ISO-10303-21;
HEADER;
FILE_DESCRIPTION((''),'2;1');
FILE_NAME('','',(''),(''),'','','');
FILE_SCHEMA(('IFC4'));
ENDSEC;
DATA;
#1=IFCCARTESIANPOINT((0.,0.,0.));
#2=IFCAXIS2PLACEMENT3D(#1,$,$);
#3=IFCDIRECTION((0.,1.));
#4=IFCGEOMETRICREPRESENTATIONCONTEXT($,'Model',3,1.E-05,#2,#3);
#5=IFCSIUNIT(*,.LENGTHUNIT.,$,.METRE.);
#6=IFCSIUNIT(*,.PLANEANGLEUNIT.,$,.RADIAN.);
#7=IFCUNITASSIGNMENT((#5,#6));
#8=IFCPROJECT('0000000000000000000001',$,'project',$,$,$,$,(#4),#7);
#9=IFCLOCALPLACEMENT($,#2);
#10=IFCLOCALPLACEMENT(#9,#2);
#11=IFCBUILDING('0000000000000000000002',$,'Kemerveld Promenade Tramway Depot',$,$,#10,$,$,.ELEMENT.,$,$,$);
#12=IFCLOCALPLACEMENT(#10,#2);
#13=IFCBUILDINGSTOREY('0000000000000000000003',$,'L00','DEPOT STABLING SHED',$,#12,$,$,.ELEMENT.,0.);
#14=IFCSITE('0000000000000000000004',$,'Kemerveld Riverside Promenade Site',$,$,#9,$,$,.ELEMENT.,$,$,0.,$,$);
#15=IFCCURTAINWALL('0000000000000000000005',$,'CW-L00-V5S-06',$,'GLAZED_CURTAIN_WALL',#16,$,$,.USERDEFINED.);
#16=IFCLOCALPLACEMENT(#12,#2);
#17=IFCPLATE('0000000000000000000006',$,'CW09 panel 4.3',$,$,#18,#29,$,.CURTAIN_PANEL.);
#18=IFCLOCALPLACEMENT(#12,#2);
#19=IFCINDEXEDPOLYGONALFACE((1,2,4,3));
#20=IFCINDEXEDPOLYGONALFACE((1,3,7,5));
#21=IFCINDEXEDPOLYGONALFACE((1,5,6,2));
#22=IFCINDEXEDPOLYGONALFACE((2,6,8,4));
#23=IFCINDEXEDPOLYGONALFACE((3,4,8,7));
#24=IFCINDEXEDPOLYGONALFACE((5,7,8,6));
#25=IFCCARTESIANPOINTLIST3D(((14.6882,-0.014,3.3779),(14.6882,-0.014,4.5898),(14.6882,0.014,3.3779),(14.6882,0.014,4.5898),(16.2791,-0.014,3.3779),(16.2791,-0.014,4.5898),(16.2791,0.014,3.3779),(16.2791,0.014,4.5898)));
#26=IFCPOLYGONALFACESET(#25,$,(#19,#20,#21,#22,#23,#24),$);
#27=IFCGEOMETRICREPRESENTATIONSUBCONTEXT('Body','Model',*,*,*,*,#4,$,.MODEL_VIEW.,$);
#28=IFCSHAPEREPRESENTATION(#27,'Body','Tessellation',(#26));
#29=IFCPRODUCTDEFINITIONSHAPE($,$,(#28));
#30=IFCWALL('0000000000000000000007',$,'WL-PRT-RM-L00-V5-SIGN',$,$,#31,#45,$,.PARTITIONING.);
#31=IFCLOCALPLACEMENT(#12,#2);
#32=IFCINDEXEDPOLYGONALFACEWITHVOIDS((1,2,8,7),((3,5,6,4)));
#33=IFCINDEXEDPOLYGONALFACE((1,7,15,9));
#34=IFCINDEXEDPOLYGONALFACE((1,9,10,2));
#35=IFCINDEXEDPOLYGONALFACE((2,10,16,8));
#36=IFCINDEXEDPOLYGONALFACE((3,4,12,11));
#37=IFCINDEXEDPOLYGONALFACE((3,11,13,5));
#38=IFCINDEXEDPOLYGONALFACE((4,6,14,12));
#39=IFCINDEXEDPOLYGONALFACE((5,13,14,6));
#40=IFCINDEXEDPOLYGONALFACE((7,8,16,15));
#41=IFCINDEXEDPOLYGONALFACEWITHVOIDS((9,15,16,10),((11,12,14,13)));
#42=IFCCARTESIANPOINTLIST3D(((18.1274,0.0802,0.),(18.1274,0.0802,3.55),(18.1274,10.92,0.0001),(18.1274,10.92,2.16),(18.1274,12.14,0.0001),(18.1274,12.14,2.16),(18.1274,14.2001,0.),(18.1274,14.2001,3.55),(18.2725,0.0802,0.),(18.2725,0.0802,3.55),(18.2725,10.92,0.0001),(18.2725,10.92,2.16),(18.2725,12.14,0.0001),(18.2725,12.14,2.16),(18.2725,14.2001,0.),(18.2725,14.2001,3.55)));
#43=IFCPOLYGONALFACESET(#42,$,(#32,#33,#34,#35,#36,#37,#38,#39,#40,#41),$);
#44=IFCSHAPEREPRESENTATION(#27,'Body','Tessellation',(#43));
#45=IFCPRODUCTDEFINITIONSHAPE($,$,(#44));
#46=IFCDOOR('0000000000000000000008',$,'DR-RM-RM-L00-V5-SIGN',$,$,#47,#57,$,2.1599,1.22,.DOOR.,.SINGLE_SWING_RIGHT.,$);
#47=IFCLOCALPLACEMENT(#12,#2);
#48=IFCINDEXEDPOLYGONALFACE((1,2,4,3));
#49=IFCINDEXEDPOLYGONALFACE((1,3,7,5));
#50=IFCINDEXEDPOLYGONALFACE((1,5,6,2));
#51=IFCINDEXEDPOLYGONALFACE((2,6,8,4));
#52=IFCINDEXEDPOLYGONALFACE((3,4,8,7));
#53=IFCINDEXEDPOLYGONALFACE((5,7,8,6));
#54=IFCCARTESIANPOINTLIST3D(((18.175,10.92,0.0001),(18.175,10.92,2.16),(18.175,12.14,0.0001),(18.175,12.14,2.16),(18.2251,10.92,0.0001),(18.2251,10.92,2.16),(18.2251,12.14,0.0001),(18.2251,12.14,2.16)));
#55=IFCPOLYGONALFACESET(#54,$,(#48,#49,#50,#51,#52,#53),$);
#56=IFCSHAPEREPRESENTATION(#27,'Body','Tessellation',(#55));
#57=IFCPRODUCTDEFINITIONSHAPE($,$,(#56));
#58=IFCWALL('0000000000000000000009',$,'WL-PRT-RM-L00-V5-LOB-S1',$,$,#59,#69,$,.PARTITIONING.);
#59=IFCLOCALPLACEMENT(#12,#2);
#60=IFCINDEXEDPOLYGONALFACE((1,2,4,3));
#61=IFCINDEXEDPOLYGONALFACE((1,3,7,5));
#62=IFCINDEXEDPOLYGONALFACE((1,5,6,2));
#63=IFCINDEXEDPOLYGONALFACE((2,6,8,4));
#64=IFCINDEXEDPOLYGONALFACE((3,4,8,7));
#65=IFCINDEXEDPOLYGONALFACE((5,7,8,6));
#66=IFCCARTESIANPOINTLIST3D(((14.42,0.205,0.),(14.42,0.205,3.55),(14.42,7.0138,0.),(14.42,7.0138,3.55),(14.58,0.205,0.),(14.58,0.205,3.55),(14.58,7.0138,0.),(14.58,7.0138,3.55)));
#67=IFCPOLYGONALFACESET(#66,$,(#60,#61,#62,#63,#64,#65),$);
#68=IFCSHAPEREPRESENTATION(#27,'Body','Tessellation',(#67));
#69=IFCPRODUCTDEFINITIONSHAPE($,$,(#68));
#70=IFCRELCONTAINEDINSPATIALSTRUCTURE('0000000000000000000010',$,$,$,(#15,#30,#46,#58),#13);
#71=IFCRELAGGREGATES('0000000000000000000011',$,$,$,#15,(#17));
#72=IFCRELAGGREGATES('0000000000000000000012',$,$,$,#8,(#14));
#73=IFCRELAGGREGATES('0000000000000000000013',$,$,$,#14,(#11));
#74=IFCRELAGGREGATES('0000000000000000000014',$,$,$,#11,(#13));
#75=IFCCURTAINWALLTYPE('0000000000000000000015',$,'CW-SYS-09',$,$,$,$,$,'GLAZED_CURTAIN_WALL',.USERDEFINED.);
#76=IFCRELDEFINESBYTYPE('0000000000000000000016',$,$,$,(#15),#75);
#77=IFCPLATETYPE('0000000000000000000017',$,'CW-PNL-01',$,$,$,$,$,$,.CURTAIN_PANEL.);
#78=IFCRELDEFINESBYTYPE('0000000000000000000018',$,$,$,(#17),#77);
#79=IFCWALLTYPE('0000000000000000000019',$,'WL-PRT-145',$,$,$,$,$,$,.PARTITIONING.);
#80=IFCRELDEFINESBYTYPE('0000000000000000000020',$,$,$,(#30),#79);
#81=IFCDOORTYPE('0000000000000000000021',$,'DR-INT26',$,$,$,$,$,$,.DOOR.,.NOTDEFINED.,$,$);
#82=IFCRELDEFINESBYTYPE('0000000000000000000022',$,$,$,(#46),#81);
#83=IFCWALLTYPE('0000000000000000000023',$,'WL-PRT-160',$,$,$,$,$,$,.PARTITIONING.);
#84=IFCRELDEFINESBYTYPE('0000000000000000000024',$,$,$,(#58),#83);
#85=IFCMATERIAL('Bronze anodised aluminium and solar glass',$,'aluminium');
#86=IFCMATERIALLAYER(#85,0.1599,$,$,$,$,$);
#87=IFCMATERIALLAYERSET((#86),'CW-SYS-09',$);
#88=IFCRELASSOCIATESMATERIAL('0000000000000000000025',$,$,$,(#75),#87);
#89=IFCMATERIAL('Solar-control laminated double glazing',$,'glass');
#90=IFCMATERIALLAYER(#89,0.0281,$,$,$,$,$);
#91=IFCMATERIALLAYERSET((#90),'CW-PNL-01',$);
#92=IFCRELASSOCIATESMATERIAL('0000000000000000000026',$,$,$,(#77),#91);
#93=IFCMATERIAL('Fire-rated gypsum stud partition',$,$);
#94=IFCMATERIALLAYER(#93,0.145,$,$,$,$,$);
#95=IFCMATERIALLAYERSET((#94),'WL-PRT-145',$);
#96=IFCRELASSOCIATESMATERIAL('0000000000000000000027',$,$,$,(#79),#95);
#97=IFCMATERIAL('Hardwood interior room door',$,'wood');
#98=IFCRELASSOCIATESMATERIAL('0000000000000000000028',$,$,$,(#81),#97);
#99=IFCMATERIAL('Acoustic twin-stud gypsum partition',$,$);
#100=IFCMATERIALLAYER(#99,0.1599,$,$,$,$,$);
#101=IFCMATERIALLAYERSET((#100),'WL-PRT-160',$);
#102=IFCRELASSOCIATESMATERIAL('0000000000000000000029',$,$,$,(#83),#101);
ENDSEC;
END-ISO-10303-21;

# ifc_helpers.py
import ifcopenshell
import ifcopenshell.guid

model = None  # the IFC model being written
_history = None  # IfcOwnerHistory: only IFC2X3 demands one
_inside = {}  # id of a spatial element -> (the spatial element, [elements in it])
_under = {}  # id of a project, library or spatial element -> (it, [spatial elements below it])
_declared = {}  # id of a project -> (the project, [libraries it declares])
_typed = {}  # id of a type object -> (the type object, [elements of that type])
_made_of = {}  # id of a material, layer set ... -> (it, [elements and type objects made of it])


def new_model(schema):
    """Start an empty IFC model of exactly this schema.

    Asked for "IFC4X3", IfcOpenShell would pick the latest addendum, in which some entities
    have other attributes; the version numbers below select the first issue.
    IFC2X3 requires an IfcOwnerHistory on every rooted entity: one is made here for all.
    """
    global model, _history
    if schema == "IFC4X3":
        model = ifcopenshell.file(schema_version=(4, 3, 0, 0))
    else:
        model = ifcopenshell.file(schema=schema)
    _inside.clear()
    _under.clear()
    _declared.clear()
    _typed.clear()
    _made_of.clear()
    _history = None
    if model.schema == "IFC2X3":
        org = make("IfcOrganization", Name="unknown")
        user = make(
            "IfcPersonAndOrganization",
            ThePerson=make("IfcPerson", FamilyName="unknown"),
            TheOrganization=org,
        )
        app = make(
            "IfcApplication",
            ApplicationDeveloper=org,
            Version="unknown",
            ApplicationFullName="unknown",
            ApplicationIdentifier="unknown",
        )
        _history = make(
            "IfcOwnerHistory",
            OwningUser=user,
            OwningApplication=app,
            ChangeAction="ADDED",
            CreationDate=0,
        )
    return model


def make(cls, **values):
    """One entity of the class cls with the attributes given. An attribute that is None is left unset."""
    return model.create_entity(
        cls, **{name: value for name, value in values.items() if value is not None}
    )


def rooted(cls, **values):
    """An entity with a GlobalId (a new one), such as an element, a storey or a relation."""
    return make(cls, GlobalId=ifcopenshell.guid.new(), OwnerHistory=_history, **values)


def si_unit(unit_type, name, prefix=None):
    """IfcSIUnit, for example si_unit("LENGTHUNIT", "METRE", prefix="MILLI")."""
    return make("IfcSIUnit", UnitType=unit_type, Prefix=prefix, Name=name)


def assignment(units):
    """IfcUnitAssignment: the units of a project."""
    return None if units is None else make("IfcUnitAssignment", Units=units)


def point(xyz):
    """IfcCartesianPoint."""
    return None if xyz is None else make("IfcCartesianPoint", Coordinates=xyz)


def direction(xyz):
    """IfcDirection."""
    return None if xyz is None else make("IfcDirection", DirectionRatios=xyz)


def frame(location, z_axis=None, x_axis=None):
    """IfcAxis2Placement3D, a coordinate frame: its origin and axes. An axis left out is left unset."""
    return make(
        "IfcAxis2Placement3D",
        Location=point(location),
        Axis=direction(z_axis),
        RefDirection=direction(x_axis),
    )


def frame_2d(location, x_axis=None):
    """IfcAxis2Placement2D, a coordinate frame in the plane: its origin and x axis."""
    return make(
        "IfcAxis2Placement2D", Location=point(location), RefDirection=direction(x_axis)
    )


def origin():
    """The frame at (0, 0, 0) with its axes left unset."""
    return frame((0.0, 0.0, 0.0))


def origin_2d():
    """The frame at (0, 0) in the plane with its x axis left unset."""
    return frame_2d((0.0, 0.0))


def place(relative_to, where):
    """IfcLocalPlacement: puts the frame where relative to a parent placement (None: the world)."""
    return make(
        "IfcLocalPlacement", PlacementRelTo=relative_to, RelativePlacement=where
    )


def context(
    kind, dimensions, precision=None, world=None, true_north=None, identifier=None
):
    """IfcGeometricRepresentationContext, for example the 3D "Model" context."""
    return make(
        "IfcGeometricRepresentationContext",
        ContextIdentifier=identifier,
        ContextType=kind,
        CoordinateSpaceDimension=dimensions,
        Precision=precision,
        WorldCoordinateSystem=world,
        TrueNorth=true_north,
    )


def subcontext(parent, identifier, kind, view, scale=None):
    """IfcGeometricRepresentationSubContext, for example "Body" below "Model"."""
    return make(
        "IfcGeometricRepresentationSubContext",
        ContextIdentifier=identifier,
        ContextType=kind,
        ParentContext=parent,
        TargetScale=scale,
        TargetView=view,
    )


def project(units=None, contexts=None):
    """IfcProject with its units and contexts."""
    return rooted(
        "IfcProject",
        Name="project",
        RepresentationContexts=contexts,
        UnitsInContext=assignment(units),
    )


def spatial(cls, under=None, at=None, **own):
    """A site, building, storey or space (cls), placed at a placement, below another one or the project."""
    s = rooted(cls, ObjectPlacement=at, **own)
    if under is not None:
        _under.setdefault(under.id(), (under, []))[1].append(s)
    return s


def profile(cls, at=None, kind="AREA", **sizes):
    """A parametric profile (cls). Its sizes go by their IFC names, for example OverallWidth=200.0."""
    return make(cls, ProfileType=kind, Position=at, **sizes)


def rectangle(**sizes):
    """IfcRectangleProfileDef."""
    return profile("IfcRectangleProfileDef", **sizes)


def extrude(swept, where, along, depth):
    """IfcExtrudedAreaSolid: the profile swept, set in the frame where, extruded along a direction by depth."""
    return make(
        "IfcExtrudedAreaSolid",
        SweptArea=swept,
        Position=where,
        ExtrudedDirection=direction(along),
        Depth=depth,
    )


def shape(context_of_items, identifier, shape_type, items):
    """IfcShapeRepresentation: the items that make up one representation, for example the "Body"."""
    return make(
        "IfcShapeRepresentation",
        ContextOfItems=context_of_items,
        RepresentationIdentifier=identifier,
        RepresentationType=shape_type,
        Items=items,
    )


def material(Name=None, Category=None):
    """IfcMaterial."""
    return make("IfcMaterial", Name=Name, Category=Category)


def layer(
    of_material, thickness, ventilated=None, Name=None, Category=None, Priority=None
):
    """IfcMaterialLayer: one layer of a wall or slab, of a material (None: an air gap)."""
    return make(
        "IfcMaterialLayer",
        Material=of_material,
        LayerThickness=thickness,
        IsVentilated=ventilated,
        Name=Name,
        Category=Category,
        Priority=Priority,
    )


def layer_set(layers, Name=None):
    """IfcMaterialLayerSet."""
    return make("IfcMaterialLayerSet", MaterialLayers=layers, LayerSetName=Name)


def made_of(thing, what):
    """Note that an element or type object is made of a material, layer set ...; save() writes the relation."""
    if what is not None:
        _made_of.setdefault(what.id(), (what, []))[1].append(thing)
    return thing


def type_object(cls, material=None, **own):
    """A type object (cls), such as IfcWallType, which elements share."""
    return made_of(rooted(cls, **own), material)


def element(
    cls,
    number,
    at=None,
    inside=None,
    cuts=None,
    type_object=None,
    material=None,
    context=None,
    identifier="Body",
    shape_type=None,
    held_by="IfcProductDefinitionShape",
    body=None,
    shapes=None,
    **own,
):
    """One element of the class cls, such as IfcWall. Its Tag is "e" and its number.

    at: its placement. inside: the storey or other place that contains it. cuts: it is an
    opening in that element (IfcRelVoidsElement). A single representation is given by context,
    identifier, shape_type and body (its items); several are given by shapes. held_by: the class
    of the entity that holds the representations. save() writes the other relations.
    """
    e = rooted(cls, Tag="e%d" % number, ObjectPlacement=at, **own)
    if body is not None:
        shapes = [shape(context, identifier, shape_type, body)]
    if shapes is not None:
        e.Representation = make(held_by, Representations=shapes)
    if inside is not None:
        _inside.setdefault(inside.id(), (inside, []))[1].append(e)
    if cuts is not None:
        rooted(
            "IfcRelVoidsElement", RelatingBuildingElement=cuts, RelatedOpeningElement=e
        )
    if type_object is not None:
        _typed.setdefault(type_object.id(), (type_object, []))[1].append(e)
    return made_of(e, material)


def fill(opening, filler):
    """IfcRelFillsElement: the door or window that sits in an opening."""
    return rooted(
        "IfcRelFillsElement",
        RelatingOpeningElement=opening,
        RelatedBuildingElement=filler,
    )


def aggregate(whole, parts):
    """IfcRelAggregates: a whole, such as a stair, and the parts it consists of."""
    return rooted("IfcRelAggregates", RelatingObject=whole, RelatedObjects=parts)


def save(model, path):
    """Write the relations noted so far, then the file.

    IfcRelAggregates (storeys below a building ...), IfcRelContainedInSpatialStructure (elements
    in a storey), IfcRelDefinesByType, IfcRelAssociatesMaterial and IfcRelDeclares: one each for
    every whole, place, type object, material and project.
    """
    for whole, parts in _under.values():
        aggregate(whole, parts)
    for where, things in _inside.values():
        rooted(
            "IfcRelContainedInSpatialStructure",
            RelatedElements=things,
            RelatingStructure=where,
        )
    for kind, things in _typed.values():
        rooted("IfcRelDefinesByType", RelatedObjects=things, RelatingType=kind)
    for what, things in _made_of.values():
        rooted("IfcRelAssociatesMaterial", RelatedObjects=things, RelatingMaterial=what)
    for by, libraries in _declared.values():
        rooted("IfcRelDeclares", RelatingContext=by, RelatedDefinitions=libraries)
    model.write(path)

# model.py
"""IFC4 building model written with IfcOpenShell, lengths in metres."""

from ifc_helpers import new_model, si_unit, direction, frame, frame_2d, origin, origin_2d, place, context, subcontext, project, spatial, rectangle, extrude, material, layer, layer_set, type_object, element, fill, aggregate, save


model = new_model("IFC4")

# Units and contexts
model_context = context("Model", 3, precision=1e-05, world=origin(), true_north=direction((0.0, 1.0)))
body_context = subcontext(model_context, "Body", "Model", "MODEL_VIEW")
ifc_project = project(units=[si_unit("LENGTHUNIT", "METRE"), si_unit("PLANEANGLEUNIT", "RADIAN")], contexts=[model_context])

# Site, building, storey
site_placement = place(None, origin())
site = spatial("IfcSite", under=ifc_project, at=site_placement, Name="Kemerveld Riverside Promenade Site", CompositionType="ELEMENT", RefElevation=0.0)
building_placement = place(site_placement, origin())
building = spatial("IfcBuilding", under=site, at=building_placement, Name="Kemerveld Promenade Tramway Depot", CompositionType="ELEMENT")
storey_placement = place(building_placement, origin())
storey = spatial("IfcBuildingStorey", under=building, at=storey_placement, Name="L00", Description="DEPOT STABLING SHED", CompositionType="ELEMENT", Elevation=0.0)

# Curtain wall, plate
ifc_material_1 = material(Name="Bronze anodised aluminium and solar glass", Category="aluminium")
ifc_layer_1 = layer(ifc_material_1, 0.1599)
ifc_layer_set_1 = layer_set([ifc_layer_1], Name="CW-SYS-09")
curtain_wall_type = type_object("IfcCurtainWallType", Name="CW-SYS-09", ElementType="GLAZED_CURTAIN_WALL", PredefinedType="USERDEFINED", material=ifc_layer_set_1)
curtain_wall_placement = place(storey_placement, origin())
curtain_wall = element("IfcCurtainWall", 1, at=curtain_wall_placement, inside=storey, type_object=curtain_wall_type, Name="CW-L00-V5S-06", ObjectType="GLAZED_CURTAIN_WALL", PredefinedType="USERDEFINED")
ifc_material_2 = material(Name="Solar-control laminated double glazing", Category="glass")
ifc_layer_2 = layer(ifc_material_2, 0.0281)
ifc_layer_set_2 = layer_set([ifc_layer_2], Name="CW-PNL-01")
plate_type = type_object("IfcPlateType", Name="CW-PNL-01", PredefinedType="CURTAIN_PANEL", material=ifc_layer_set_2)
plate_1_placement = place(storey_placement, frame((15.4836, 0.0, 3.3779), z_axis=(0.0, 0.0, 1.0), x_axis=(-1.0, 0.0, 0.0)))
plate_1 = element("IfcPlate", 2, at=plate_1_placement, type_object=plate_type, Name="CW09 panel 4.3", PredefinedType="CURTAIN_PANEL", context=body_context, shape_type="SweptSolid", body=[
    extrude(rectangle(XDim=1.5908, YDim=0.0281, at=origin_2d()), origin(), (0.0, 0.0, 1.0), 1.2119),
])
aggregate(curtain_wall, [plate_1])

# Wall, opening, door
ifc_material_3 = material(Name="Fire-rated gypsum stud partition")
ifc_layer_3 = layer(ifc_material_3, 0.145)
ifc_layer_set_3 = layer_set([ifc_layer_3], Name="WL-PRT-145")
wall_type_1 = type_object("IfcWallType", Name="WL-PRT-145", PredefinedType="PARTITIONING", material=ifc_layer_set_3)
wall_1_placement = place(storey_placement, frame((18.2, 0.0801, 0.0), z_axis=(0.0, 0.0, 1.0), x_axis=(0.0, 1.0, 0.0)))
wall_1 = element("IfcWall", 3, at=wall_1_placement, inside=storey, type_object=wall_type_1, Name="WL-PRT-RM-L00-V5-SIGN", PredefinedType="PARTITIONING", context=body_context, shape_type="SweptSolid", body=[
    extrude(rectangle(XDim=14.1199, YDim=0.145, at=frame_2d((7.0601, 0.0))), origin(), (0.0, 0.0, 1.0), 3.55),
])
opening_placement = place(wall_1_placement, frame((10.8401, 0.0, 0.0)))
opening = element("IfcOpeningElement", 4, at=opening_placement, cuts=wall_1, PredefinedType="OPENING", context=body_context, shape_type="SweptSolid", body=[
    extrude(rectangle(XDim=1.22, YDim=2.1599, at=frame_2d((0.6099, 1.0801))), frame((0.0, 0.0825, 0.0), z_axis=(0.0, -1.0, 0.0), x_axis=(1.0, 0.0, 0.0)), (0.0, 0.0, 1.0), 0.165),
])
ifc_material_4 = material(Name="Hardwood interior room door", Category="wood")
door_type = type_object("IfcDoorType", Name="DR-INT26", OperationType="NOTDEFINED", PredefinedType="DOOR", material=ifc_material_4)
door_placement = place(opening_placement, origin())
door = element("IfcDoor", 5, at=door_placement, inside=storey, type_object=door_type, Name="DR-RM-RM-L00-V5-SIGN", OperationType="SINGLE_SWING_RIGHT", OverallHeight=2.1599, OverallWidth=1.22, PredefinedType="DOOR", context=body_context, shape_type="SweptSolid", body=[
    extrude(rectangle(XDim=1.22, YDim=2.1599, at=frame_2d((0.6099, 1.0801))), frame((0.0, 0.0249, 0.0), z_axis=(0.0, -1.0, 0.0), x_axis=(1.0, 0.0, 0.0)), (0.0, 0.0, 1.0), 0.05),
])
fill(opening, door)

# Wall
ifc_material_5 = material(Name="Acoustic twin-stud gypsum partition")
ifc_layer_4 = layer(ifc_material_5, 0.1599)
ifc_layer_set_4 = layer_set([ifc_layer_4], Name="WL-PRT-160")
wall_type_2 = type_object("IfcWallType", Name="WL-PRT-160", PredefinedType="PARTITIONING", material=ifc_layer_set_4)
wall_2_placement = place(storey_placement, frame((14.5, 0.2051, 0.0), z_axis=(0.0, 0.0, 1.0), x_axis=(0.0, 1.0, 0.0)))
element("IfcWall", 6, at=wall_2_placement, inside=storey, type_object=wall_type_2, Name="WL-PRT-RM-L00-V5-LOB-S1", PredefinedType="PARTITIONING", context=body_context, shape_type="SweptSolid", body=[
    extrude(rectangle(XDim=6.8088, YDim=0.1599, at=frame_2d((3.4043, 0.0))), origin(), (0.0, 0.0, 1.0), 3.55),
])

save(model, "model.ifc")
